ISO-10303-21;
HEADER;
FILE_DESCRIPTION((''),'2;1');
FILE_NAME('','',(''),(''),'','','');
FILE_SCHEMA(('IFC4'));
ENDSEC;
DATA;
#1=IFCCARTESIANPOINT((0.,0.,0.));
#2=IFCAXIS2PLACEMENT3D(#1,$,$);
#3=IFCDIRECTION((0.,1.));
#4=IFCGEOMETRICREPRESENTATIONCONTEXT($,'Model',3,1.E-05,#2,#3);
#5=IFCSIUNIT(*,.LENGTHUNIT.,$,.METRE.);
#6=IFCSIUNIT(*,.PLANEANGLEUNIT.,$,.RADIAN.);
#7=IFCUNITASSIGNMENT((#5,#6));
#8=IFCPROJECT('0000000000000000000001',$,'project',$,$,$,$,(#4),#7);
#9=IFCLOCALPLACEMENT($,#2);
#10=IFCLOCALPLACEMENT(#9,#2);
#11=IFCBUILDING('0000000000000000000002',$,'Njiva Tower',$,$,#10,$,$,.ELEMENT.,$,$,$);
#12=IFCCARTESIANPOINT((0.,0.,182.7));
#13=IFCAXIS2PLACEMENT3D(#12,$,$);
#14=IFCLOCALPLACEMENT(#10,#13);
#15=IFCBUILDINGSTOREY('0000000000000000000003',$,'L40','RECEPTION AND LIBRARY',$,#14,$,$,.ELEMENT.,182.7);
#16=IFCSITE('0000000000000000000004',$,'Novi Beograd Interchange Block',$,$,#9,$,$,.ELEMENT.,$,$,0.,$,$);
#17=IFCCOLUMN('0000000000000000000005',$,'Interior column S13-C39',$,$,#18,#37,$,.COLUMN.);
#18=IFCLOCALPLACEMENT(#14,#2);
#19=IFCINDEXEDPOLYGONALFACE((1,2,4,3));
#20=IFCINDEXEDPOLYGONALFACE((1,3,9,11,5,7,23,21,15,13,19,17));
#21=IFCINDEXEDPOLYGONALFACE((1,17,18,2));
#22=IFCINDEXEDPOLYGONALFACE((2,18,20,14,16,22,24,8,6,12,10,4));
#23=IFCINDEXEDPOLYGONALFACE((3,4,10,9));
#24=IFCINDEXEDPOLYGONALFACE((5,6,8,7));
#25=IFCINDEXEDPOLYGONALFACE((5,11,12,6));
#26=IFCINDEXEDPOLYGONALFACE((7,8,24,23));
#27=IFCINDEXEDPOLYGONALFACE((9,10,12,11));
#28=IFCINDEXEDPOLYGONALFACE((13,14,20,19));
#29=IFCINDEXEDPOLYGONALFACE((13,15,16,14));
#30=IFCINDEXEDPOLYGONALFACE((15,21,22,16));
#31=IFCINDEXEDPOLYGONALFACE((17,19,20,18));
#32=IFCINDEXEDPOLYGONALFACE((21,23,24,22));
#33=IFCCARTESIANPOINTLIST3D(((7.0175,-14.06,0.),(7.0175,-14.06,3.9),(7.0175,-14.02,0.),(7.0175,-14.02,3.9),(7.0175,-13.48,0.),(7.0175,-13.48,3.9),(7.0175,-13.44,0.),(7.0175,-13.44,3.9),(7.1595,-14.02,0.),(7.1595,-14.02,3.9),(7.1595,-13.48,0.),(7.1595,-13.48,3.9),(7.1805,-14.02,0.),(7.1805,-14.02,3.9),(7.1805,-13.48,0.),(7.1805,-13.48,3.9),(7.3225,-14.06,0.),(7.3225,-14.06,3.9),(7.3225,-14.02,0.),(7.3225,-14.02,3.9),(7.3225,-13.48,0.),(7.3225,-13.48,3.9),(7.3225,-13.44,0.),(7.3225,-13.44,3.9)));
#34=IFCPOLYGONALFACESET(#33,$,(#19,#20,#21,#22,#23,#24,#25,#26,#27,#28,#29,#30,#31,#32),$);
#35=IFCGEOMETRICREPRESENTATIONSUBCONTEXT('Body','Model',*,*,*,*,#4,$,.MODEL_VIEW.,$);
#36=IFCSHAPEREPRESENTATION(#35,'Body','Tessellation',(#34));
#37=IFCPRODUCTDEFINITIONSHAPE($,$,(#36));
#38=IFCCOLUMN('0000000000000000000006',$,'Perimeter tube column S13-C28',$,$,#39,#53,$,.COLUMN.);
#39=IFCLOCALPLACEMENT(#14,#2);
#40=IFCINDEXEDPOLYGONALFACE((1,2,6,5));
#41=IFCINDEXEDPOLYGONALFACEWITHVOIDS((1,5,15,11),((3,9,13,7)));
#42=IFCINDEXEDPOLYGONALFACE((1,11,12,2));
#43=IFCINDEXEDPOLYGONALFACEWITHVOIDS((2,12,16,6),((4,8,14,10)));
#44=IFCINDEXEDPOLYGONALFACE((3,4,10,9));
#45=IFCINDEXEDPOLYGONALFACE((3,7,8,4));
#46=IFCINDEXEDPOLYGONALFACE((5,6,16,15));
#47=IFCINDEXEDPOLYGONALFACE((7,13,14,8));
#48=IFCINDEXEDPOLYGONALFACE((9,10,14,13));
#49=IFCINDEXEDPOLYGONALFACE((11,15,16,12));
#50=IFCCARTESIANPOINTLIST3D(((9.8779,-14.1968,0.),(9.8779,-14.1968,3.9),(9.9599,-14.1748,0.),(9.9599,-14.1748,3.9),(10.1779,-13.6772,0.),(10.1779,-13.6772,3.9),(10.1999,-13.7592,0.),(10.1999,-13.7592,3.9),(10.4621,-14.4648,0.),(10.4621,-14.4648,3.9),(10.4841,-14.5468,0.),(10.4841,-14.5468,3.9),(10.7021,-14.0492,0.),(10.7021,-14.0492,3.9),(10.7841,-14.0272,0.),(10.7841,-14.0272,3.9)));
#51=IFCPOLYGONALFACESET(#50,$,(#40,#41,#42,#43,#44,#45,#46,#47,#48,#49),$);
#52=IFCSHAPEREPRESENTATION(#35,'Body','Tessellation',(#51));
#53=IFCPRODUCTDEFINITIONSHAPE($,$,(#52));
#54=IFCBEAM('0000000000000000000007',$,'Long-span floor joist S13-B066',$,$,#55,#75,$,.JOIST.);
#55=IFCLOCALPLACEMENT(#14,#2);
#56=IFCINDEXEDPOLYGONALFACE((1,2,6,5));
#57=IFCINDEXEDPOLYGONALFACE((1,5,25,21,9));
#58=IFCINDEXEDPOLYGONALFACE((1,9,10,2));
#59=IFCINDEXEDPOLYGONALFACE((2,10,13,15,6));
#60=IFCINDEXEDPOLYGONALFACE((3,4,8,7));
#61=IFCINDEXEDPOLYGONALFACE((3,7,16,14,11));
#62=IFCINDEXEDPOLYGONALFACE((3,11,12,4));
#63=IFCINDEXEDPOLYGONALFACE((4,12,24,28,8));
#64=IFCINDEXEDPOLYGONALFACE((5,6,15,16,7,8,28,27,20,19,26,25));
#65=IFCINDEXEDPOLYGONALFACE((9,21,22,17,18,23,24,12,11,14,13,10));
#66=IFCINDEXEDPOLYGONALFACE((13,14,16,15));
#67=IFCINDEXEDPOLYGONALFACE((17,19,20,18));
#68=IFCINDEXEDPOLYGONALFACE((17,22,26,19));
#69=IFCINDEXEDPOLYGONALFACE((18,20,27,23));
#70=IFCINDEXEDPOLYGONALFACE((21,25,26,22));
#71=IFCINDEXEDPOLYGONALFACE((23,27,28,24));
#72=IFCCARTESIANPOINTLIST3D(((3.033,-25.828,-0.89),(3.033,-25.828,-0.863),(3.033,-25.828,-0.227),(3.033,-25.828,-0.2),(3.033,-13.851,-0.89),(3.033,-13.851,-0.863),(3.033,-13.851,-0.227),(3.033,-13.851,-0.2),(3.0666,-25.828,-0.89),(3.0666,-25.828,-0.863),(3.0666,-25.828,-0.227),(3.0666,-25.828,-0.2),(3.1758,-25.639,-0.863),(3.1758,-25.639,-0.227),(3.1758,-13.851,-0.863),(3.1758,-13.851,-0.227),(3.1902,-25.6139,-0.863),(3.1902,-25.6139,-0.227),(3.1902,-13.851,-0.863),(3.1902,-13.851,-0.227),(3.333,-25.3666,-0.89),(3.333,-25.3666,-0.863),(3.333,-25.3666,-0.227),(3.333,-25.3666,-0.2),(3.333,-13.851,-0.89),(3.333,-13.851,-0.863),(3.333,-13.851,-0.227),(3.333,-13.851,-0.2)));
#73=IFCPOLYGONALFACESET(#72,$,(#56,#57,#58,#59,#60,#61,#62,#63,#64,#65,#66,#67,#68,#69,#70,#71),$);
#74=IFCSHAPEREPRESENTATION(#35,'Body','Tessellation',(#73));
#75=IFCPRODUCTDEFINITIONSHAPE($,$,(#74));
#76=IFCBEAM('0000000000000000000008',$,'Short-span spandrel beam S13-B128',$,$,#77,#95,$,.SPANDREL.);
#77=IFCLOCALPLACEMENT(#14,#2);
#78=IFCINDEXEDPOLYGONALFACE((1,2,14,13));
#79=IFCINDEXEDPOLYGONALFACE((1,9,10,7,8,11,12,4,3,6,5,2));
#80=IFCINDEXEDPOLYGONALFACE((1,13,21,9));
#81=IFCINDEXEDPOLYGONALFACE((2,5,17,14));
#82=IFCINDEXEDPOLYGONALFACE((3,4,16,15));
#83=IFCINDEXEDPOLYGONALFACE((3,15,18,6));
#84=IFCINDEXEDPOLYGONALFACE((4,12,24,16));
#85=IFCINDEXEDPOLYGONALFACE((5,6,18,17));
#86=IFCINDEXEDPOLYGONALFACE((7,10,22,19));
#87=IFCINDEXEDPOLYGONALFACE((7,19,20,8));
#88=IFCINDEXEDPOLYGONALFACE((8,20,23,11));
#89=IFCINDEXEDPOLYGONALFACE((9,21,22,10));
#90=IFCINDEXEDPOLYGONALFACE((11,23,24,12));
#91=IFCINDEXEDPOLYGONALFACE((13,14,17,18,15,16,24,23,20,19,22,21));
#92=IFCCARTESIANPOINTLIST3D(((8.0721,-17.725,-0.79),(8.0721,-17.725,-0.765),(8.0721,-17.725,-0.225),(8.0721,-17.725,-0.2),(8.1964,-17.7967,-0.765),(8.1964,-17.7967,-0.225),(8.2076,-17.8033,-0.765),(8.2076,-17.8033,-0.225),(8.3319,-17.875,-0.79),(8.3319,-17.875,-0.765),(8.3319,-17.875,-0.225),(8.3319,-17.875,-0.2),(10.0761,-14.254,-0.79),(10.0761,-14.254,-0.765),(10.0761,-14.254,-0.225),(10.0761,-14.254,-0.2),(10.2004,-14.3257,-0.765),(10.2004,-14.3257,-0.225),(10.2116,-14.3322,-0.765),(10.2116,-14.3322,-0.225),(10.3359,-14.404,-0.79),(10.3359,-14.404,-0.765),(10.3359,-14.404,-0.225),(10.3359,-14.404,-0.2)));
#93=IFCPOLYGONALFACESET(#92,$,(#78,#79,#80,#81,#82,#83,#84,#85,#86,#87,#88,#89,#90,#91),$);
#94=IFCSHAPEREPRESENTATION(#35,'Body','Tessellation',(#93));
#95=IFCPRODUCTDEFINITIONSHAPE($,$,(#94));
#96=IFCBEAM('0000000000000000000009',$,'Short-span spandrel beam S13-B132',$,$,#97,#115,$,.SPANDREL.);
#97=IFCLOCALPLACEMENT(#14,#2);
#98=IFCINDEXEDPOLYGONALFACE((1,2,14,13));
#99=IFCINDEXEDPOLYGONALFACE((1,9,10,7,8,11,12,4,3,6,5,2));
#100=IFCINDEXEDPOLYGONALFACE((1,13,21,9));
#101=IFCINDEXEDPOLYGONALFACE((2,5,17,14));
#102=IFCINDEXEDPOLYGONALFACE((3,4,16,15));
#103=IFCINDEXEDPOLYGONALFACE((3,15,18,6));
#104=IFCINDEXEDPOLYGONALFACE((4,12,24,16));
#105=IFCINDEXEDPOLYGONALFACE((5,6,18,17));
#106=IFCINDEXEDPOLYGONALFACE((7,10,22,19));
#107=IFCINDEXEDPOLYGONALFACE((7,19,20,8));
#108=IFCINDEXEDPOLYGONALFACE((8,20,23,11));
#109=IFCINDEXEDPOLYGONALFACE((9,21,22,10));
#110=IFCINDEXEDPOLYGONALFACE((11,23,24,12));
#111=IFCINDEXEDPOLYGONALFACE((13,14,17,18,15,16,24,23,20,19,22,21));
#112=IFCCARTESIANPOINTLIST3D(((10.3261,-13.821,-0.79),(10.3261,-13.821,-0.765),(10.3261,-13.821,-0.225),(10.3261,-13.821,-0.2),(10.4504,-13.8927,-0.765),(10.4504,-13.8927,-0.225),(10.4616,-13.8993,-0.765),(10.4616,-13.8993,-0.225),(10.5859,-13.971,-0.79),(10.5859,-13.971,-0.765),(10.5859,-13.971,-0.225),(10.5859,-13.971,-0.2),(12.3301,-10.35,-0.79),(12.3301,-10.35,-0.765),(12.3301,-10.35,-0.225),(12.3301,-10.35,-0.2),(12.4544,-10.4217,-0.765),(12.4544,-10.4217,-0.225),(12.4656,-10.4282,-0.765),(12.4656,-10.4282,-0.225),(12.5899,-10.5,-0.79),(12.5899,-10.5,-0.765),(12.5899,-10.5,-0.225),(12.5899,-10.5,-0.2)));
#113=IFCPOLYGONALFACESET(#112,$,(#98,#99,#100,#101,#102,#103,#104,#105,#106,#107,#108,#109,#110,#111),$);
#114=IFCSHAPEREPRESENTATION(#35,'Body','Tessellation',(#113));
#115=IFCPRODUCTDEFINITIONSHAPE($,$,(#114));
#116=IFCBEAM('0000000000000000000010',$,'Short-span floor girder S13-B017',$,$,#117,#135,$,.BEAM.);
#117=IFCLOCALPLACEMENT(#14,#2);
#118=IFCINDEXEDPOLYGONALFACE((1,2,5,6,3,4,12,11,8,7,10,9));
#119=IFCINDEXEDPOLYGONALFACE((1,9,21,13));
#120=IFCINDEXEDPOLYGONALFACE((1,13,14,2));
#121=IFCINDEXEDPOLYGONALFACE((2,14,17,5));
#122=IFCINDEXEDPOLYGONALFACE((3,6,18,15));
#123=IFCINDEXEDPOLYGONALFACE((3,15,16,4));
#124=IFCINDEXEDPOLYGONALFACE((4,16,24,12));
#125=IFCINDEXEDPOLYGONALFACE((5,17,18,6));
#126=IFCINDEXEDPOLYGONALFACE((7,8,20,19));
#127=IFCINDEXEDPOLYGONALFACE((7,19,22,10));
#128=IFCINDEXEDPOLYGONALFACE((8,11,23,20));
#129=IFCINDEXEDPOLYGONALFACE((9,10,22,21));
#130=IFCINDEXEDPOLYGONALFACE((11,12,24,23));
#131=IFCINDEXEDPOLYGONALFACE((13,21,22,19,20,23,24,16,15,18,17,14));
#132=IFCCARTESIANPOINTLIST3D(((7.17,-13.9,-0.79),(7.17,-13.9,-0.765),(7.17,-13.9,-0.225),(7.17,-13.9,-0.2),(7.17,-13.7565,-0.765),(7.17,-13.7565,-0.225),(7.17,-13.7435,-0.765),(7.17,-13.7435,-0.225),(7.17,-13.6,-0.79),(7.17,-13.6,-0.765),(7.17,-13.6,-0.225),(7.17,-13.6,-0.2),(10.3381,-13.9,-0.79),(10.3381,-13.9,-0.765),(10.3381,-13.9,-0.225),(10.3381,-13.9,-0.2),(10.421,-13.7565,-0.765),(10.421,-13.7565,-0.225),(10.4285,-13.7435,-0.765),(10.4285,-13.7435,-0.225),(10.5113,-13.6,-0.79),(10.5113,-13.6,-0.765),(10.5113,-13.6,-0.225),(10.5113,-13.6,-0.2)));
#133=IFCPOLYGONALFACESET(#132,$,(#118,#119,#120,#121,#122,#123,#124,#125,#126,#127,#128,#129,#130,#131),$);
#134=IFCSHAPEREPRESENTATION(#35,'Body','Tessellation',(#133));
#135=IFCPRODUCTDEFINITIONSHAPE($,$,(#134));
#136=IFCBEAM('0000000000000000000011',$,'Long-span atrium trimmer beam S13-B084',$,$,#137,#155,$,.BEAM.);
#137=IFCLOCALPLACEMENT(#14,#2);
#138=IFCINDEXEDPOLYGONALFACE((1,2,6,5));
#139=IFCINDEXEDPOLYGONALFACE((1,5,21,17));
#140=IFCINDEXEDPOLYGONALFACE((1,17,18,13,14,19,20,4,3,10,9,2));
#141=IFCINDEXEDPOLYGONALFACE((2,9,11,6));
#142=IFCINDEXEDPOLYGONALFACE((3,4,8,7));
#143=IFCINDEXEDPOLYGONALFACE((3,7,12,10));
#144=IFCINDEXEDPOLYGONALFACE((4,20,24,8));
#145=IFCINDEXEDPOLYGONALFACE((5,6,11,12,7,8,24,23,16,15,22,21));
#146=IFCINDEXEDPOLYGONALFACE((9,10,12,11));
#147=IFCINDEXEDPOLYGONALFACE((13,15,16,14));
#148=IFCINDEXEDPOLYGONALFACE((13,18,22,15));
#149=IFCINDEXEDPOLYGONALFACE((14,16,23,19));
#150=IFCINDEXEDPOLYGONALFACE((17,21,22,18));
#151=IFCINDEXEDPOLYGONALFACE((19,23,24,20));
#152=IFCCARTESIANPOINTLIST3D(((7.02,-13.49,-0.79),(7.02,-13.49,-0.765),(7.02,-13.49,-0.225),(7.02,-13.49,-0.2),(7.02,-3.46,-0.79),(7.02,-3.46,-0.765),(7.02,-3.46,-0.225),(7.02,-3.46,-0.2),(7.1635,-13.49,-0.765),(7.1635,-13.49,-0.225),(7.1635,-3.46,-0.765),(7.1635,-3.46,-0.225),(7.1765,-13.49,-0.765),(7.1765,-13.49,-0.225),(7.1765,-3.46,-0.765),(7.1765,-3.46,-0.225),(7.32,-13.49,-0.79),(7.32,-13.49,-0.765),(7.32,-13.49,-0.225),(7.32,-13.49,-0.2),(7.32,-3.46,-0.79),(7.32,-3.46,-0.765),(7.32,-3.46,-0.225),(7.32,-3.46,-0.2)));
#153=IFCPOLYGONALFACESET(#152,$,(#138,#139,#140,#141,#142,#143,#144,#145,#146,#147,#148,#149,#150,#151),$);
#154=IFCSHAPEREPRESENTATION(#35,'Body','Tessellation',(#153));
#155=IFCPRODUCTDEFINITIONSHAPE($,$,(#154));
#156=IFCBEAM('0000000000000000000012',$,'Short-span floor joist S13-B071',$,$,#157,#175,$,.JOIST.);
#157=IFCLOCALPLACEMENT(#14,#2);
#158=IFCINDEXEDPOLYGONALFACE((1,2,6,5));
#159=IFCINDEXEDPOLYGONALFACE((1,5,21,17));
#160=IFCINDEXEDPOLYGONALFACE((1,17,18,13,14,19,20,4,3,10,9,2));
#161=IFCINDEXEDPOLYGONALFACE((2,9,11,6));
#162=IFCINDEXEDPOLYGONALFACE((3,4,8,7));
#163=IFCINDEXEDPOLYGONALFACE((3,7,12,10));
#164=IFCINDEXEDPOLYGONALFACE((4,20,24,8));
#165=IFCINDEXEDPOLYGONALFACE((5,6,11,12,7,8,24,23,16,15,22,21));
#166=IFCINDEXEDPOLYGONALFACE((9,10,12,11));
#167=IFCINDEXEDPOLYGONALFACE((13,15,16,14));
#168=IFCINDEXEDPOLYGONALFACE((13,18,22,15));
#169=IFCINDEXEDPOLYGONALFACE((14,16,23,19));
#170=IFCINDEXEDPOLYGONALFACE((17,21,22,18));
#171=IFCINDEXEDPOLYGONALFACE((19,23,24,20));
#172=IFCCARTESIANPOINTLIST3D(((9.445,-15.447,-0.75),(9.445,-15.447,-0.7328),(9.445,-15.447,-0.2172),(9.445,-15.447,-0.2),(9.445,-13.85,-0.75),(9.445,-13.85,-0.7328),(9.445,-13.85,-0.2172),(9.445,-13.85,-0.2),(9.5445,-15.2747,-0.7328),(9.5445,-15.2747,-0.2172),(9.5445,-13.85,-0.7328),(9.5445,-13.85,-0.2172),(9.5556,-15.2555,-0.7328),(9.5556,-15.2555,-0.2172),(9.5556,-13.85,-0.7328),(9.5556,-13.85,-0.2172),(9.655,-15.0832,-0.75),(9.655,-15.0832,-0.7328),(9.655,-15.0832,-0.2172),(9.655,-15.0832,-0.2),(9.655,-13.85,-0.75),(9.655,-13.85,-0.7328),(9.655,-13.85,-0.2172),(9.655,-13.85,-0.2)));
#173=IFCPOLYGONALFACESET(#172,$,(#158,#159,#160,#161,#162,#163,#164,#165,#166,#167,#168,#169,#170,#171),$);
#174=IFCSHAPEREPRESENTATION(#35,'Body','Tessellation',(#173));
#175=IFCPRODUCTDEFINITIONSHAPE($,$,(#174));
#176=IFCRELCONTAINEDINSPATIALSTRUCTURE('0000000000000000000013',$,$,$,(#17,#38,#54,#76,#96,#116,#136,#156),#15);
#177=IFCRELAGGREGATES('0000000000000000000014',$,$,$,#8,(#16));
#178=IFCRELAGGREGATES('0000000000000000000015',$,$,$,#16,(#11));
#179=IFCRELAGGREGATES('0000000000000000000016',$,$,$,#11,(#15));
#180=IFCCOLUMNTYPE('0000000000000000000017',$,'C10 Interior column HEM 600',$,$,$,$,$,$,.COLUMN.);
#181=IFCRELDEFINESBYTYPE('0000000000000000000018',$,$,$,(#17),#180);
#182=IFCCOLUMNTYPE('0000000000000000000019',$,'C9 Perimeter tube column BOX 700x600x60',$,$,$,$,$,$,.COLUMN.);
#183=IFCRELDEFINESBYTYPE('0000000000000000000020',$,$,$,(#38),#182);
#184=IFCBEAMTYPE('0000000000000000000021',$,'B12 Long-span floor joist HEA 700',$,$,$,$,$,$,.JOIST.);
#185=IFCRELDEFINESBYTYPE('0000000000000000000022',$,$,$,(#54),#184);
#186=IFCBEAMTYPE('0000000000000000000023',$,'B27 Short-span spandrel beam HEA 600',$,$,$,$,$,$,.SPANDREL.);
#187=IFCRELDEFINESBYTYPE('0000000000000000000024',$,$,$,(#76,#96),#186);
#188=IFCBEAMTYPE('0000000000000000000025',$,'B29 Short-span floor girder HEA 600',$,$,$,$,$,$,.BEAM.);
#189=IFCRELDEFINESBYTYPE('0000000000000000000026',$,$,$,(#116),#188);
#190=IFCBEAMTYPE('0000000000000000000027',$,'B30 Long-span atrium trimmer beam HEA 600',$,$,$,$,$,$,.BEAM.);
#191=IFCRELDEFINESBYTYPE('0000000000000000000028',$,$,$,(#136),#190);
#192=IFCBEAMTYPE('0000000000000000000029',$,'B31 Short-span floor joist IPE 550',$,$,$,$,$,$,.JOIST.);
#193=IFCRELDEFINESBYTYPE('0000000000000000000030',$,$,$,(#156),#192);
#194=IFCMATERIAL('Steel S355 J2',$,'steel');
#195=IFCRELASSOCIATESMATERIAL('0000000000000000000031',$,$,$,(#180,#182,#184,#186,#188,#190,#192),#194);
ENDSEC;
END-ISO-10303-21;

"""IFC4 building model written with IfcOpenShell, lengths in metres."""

from ifc_helpers import new_model, si_unit, direction, frame, origin, origin_2d, place, context, subcontext, project, spatial, hollow_rectangle, i_section, extrude, clip, halfspace, material, material_profile, profile_set, type_object, element, save


model = new_model("IFC4")

# Units and contexts
model_context = context("Model", 3, precision=1e-05, world=origin(), true_north=direction((0.0, 1.0)))
body_context = subcontext(model_context, "Body", "Model", "MODEL_VIEW")
ifc_project = project(units=[si_unit("LENGTHUNIT", "METRE"), si_unit("PLANEANGLEUNIT", "RADIAN")], contexts=[model_context])

# Site, building, storey
site_placement = place(None, origin())
site = spatial("IfcSite", under=ifc_project, at=site_placement, Name="Novi Beograd Interchange Block", CompositionType="ELEMENT", RefElevation=0.0)
building_placement = place(site_placement, origin())
building = spatial("IfcBuilding", under=site, at=building_placement, Name="Njiva Tower", CompositionType="ELEMENT")
storey_placement = place(building_placement, frame((0.0, 0.0, 182.7)))
storey = spatial("IfcBuildingStorey", under=building, at=storey_placement, Name="L40", Description="RECEPTION AND LIBRARY", CompositionType="ELEMENT", Elevation=182.7)

# Columns
ifc_material_1 = material(Name="Steel S355 J2", Category="steel")
ifc_material_profile_1 = material_profile(ifc_material_1, i_section(OverallWidth=0.305, OverallDepth=0.62, WebThickness=0.021, FlangeThickness=0.04, at=origin_2d()), Name="HEM 600")
ifc_profile_set_1 = profile_set([ifc_material_profile_1], Name="Steel S355 J2")
column_type_1 = type_object("IfcColumnType", Name="C10 Interior column HEM 600", PredefinedType="COLUMN", material=ifc_profile_set_1)
column_1_placement = place(storey_placement, frame((7.17, -13.75, 0.0), z_axis=(0.0, 0.0, 1.0), x_axis=(1.0, 0.0, 0.0)))
element("IfcColumn", 1, at=column_1_placement, inside=storey, type_object=column_type_1, Name="Interior column S13-C39", PredefinedType="COLUMN", context=body_context, shape_type="SweptSolid", body=[
    extrude(i_section(OverallWidth=0.305, OverallDepth=0.62, WebThickness=0.021, FlangeThickness=0.04, at=origin_2d()), origin(), (0.0, 0.0, 1.0), 3.9),
])
ifc_material_profile_2 = material_profile(ifc_material_1, hollow_rectangle(XDim=0.6, YDim=0.7, WallThickness=0.06, at=origin_2d()), Name="BOX 700x600x60")
ifc_profile_set_2 = profile_set([ifc_material_profile_2], Name="Steel S355 J2")
column_type_2 = type_object("IfcColumnType", Name="C9 Perimeter tube column BOX 700x600x60", PredefinedType="COLUMN", material=ifc_profile_set_2)
column_2_placement = place(storey_placement, frame((10.331, -14.112, 0.0), z_axis=(0.0, 0.0, 1.0), x_axis=(0.5, 0.866025, 0.0)))
element("IfcColumn", 2, at=column_2_placement, inside=storey, type_object=column_type_2, Name="Perimeter tube column S13-C28", PredefinedType="COLUMN", context=body_context, shape_type="SweptSolid", body=[
    extrude(hollow_rectangle(XDim=0.6, YDim=0.7, WallThickness=0.06, at=origin_2d()), origin(), (0.0, 0.0, 1.0), 3.9),
])

# Beams
ifc_material_profile_3 = material_profile(ifc_material_1, i_section(OverallWidth=0.3, OverallDepth=0.69, WebThickness=0.0145, FlangeThickness=0.027, at=origin_2d()), Name="HEA 700")
ifc_profile_set_3 = profile_set([ifc_material_profile_3], Name="Steel S355 J2")
beam_type_1 = type_object("IfcBeamType", Name="B12 Long-span floor joist HEA 700", PredefinedType="JOIST", material=ifc_profile_set_3)
beam_1_placement = place(storey_placement, frame((3.183, -13.851, -0.545), z_axis=(0.0, -1.0, 0.0), x_axis=(1.0, 0.0, 0.0)))
element("IfcBeam", 3, at=beam_1_placement, inside=storey, type_object=beam_type_1, Name="Long-span floor joist S13-B066", PredefinedType="JOIST", context=body_context, shape_type="Clipping", body=[
    clip(extrude(i_section(OverallWidth=0.3, OverallDepth=0.69, WebThickness=0.0145, FlangeThickness=0.027, at=origin_2d()), origin(), (0.0, 0.0, 1.0), 11.977), halfspace(frame((0.0436, 0.0, 11.6999), z_axis=(0.866027, 0.0, 0.499998), x_axis=(0.0, 1.0, 0.0)), False)),
])
ifc_material_profile_4 = material_profile(ifc_material_1, i_section(OverallWidth=0.3, OverallDepth=0.59, WebThickness=0.013, FlangeThickness=0.025, at=origin_2d()), Name="HEA 600")
ifc_profile_set_4 = profile_set([ifc_material_profile_4], Name="Steel S355 J2")
beam_type_2 = type_object("IfcBeamType", Name="B27 Short-span spandrel beam HEA 600", PredefinedType="SPANDREL", material=ifc_profile_set_4)
for number, where, z_axis, x_axis, name in (
    (4, (8.202, -17.8, -0.495), (0.500003, 0.866024, 0.0), (-0.866024, 0.500003, 0.0), "Short-span spandrel beam S13-B128"),
    (5, (10.456, -13.896, -0.495), (0.500003, 0.866024, 0.0), (-0.866024, 0.500003, 0.0), "Short-span spandrel beam S13-B132"),
):
    element("IfcBeam", number, at=place(storey_placement, frame(where, z_axis=z_axis, x_axis=x_axis)), inside=storey, type_object=beam_type_2, Name=name, PredefinedType="SPANDREL", context=body_context, shape_type="SweptSolid", body=[
        extrude(i_section(OverallWidth=0.3, OverallDepth=0.59, WebThickness=0.013, FlangeThickness=0.025, at=origin_2d()), origin(), (0.0, 0.0, 1.0), 4.008),
    ])
ifc_material_profile_5 = material_profile(ifc_material_1, i_section(OverallWidth=0.3, OverallDepth=0.59, WebThickness=0.013, FlangeThickness=0.025, at=origin_2d()), Name="HEA 600")
ifc_profile_set_5 = profile_set([ifc_material_profile_5], Name="Steel S355 J2")
beam_type_3 = type_object("IfcBeamType", Name="B29 Short-span floor girder HEA 600", PredefinedType="BEAM", material=ifc_profile_set_5)
beam_2_placement = place(storey_placement, frame((7.17, -13.75, -0.495), z_axis=(1.0, 0.0, 0.0), x_axis=(0.0, 1.0, 0.0)))
element("IfcBeam", 6, at=beam_2_placement, inside=storey, type_object=beam_type_3, Name="Short-span floor girder S13-B017", PredefinedType="BEAM", context=body_context, shape_type="Clipping", body=[
    clip(extrude(i_section(OverallWidth=0.3, OverallDepth=0.59, WebThickness=0.013, FlangeThickness=0.025, at=origin_2d()), origin(), (0.0, 0.0, 1.0), 3.362), halfspace(frame((-0.025, 0.0, 3.2403), z_axis=(-0.499998, 0.0, 0.866027), x_axis=(0.0, 1.0, 0.0)), False)),
])
ifc_material_profile_6 = material_profile(ifc_material_1, i_section(OverallWidth=0.3, OverallDepth=0.59, WebThickness=0.013, FlangeThickness=0.025, at=origin_2d()), Name="HEA 600")
ifc_profile_set_6 = profile_set([ifc_material_profile_6], Name="Steel S355 J2")
beam_type_4 = type_object("IfcBeamType", Name="B30 Long-span atrium trimmer beam HEA 600", PredefinedType="BEAM", material=ifc_profile_set_6)
beam_3_placement = place(storey_placement, frame((7.17, -13.49, -0.495), z_axis=(0.0, 1.0, 0.0), x_axis=(-1.0, 0.0, 0.0)))
element("IfcBeam", 7, at=beam_3_placement, inside=storey, type_object=beam_type_4, Name="Long-span atrium trimmer beam S13-B084", PredefinedType="BEAM", context=body_context, shape_type="SweptSolid", body=[
    extrude(i_section(OverallWidth=0.3, OverallDepth=0.59, WebThickness=0.013, FlangeThickness=0.025, at=origin_2d()), origin(), (0.0, 0.0, 1.0), 10.03),
])
ifc_material_profile_7 = material_profile(ifc_material_1, i_section(OverallWidth=0.21, OverallDepth=0.55, WebThickness=0.0111, FlangeThickness=0.0172, at=origin_2d()), Name="IPE 550")
ifc_profile_set_7 = profile_set([ifc_material_profile_7], Name="Steel S355 J2")
beam_type_5 = type_object("IfcBeamType", Name="B31 Short-span floor joist IPE 550", PredefinedType="JOIST", material=ifc_profile_set_7)
beam_4_placement = place(storey_placement, frame((9.55, -13.85, -0.475), z_axis=(0.0, -1.0, 0.0), x_axis=(1.0, 0.0, 0.0)))
element("IfcBeam", 8, at=beam_4_placement, inside=storey, type_object=beam_type_5, Name="Short-span floor joist S13-B071", PredefinedType="JOIST", context=body_context, shape_type="Clipping", body=[
    clip(extrude(i_section(OverallWidth=0.21, OverallDepth=0.55, WebThickness=0.0111, FlangeThickness=0.0172, at=origin_2d()), origin(), (0.0, 0.0, 1.0), 1.617), halfspace(frame((0.0433, 0.0, 1.3401), z_axis=(0.866027, 0.0, 0.499998), x_axis=(0.0, 1.0, 0.0)), False)),
])

save(model, "model.ifc")
